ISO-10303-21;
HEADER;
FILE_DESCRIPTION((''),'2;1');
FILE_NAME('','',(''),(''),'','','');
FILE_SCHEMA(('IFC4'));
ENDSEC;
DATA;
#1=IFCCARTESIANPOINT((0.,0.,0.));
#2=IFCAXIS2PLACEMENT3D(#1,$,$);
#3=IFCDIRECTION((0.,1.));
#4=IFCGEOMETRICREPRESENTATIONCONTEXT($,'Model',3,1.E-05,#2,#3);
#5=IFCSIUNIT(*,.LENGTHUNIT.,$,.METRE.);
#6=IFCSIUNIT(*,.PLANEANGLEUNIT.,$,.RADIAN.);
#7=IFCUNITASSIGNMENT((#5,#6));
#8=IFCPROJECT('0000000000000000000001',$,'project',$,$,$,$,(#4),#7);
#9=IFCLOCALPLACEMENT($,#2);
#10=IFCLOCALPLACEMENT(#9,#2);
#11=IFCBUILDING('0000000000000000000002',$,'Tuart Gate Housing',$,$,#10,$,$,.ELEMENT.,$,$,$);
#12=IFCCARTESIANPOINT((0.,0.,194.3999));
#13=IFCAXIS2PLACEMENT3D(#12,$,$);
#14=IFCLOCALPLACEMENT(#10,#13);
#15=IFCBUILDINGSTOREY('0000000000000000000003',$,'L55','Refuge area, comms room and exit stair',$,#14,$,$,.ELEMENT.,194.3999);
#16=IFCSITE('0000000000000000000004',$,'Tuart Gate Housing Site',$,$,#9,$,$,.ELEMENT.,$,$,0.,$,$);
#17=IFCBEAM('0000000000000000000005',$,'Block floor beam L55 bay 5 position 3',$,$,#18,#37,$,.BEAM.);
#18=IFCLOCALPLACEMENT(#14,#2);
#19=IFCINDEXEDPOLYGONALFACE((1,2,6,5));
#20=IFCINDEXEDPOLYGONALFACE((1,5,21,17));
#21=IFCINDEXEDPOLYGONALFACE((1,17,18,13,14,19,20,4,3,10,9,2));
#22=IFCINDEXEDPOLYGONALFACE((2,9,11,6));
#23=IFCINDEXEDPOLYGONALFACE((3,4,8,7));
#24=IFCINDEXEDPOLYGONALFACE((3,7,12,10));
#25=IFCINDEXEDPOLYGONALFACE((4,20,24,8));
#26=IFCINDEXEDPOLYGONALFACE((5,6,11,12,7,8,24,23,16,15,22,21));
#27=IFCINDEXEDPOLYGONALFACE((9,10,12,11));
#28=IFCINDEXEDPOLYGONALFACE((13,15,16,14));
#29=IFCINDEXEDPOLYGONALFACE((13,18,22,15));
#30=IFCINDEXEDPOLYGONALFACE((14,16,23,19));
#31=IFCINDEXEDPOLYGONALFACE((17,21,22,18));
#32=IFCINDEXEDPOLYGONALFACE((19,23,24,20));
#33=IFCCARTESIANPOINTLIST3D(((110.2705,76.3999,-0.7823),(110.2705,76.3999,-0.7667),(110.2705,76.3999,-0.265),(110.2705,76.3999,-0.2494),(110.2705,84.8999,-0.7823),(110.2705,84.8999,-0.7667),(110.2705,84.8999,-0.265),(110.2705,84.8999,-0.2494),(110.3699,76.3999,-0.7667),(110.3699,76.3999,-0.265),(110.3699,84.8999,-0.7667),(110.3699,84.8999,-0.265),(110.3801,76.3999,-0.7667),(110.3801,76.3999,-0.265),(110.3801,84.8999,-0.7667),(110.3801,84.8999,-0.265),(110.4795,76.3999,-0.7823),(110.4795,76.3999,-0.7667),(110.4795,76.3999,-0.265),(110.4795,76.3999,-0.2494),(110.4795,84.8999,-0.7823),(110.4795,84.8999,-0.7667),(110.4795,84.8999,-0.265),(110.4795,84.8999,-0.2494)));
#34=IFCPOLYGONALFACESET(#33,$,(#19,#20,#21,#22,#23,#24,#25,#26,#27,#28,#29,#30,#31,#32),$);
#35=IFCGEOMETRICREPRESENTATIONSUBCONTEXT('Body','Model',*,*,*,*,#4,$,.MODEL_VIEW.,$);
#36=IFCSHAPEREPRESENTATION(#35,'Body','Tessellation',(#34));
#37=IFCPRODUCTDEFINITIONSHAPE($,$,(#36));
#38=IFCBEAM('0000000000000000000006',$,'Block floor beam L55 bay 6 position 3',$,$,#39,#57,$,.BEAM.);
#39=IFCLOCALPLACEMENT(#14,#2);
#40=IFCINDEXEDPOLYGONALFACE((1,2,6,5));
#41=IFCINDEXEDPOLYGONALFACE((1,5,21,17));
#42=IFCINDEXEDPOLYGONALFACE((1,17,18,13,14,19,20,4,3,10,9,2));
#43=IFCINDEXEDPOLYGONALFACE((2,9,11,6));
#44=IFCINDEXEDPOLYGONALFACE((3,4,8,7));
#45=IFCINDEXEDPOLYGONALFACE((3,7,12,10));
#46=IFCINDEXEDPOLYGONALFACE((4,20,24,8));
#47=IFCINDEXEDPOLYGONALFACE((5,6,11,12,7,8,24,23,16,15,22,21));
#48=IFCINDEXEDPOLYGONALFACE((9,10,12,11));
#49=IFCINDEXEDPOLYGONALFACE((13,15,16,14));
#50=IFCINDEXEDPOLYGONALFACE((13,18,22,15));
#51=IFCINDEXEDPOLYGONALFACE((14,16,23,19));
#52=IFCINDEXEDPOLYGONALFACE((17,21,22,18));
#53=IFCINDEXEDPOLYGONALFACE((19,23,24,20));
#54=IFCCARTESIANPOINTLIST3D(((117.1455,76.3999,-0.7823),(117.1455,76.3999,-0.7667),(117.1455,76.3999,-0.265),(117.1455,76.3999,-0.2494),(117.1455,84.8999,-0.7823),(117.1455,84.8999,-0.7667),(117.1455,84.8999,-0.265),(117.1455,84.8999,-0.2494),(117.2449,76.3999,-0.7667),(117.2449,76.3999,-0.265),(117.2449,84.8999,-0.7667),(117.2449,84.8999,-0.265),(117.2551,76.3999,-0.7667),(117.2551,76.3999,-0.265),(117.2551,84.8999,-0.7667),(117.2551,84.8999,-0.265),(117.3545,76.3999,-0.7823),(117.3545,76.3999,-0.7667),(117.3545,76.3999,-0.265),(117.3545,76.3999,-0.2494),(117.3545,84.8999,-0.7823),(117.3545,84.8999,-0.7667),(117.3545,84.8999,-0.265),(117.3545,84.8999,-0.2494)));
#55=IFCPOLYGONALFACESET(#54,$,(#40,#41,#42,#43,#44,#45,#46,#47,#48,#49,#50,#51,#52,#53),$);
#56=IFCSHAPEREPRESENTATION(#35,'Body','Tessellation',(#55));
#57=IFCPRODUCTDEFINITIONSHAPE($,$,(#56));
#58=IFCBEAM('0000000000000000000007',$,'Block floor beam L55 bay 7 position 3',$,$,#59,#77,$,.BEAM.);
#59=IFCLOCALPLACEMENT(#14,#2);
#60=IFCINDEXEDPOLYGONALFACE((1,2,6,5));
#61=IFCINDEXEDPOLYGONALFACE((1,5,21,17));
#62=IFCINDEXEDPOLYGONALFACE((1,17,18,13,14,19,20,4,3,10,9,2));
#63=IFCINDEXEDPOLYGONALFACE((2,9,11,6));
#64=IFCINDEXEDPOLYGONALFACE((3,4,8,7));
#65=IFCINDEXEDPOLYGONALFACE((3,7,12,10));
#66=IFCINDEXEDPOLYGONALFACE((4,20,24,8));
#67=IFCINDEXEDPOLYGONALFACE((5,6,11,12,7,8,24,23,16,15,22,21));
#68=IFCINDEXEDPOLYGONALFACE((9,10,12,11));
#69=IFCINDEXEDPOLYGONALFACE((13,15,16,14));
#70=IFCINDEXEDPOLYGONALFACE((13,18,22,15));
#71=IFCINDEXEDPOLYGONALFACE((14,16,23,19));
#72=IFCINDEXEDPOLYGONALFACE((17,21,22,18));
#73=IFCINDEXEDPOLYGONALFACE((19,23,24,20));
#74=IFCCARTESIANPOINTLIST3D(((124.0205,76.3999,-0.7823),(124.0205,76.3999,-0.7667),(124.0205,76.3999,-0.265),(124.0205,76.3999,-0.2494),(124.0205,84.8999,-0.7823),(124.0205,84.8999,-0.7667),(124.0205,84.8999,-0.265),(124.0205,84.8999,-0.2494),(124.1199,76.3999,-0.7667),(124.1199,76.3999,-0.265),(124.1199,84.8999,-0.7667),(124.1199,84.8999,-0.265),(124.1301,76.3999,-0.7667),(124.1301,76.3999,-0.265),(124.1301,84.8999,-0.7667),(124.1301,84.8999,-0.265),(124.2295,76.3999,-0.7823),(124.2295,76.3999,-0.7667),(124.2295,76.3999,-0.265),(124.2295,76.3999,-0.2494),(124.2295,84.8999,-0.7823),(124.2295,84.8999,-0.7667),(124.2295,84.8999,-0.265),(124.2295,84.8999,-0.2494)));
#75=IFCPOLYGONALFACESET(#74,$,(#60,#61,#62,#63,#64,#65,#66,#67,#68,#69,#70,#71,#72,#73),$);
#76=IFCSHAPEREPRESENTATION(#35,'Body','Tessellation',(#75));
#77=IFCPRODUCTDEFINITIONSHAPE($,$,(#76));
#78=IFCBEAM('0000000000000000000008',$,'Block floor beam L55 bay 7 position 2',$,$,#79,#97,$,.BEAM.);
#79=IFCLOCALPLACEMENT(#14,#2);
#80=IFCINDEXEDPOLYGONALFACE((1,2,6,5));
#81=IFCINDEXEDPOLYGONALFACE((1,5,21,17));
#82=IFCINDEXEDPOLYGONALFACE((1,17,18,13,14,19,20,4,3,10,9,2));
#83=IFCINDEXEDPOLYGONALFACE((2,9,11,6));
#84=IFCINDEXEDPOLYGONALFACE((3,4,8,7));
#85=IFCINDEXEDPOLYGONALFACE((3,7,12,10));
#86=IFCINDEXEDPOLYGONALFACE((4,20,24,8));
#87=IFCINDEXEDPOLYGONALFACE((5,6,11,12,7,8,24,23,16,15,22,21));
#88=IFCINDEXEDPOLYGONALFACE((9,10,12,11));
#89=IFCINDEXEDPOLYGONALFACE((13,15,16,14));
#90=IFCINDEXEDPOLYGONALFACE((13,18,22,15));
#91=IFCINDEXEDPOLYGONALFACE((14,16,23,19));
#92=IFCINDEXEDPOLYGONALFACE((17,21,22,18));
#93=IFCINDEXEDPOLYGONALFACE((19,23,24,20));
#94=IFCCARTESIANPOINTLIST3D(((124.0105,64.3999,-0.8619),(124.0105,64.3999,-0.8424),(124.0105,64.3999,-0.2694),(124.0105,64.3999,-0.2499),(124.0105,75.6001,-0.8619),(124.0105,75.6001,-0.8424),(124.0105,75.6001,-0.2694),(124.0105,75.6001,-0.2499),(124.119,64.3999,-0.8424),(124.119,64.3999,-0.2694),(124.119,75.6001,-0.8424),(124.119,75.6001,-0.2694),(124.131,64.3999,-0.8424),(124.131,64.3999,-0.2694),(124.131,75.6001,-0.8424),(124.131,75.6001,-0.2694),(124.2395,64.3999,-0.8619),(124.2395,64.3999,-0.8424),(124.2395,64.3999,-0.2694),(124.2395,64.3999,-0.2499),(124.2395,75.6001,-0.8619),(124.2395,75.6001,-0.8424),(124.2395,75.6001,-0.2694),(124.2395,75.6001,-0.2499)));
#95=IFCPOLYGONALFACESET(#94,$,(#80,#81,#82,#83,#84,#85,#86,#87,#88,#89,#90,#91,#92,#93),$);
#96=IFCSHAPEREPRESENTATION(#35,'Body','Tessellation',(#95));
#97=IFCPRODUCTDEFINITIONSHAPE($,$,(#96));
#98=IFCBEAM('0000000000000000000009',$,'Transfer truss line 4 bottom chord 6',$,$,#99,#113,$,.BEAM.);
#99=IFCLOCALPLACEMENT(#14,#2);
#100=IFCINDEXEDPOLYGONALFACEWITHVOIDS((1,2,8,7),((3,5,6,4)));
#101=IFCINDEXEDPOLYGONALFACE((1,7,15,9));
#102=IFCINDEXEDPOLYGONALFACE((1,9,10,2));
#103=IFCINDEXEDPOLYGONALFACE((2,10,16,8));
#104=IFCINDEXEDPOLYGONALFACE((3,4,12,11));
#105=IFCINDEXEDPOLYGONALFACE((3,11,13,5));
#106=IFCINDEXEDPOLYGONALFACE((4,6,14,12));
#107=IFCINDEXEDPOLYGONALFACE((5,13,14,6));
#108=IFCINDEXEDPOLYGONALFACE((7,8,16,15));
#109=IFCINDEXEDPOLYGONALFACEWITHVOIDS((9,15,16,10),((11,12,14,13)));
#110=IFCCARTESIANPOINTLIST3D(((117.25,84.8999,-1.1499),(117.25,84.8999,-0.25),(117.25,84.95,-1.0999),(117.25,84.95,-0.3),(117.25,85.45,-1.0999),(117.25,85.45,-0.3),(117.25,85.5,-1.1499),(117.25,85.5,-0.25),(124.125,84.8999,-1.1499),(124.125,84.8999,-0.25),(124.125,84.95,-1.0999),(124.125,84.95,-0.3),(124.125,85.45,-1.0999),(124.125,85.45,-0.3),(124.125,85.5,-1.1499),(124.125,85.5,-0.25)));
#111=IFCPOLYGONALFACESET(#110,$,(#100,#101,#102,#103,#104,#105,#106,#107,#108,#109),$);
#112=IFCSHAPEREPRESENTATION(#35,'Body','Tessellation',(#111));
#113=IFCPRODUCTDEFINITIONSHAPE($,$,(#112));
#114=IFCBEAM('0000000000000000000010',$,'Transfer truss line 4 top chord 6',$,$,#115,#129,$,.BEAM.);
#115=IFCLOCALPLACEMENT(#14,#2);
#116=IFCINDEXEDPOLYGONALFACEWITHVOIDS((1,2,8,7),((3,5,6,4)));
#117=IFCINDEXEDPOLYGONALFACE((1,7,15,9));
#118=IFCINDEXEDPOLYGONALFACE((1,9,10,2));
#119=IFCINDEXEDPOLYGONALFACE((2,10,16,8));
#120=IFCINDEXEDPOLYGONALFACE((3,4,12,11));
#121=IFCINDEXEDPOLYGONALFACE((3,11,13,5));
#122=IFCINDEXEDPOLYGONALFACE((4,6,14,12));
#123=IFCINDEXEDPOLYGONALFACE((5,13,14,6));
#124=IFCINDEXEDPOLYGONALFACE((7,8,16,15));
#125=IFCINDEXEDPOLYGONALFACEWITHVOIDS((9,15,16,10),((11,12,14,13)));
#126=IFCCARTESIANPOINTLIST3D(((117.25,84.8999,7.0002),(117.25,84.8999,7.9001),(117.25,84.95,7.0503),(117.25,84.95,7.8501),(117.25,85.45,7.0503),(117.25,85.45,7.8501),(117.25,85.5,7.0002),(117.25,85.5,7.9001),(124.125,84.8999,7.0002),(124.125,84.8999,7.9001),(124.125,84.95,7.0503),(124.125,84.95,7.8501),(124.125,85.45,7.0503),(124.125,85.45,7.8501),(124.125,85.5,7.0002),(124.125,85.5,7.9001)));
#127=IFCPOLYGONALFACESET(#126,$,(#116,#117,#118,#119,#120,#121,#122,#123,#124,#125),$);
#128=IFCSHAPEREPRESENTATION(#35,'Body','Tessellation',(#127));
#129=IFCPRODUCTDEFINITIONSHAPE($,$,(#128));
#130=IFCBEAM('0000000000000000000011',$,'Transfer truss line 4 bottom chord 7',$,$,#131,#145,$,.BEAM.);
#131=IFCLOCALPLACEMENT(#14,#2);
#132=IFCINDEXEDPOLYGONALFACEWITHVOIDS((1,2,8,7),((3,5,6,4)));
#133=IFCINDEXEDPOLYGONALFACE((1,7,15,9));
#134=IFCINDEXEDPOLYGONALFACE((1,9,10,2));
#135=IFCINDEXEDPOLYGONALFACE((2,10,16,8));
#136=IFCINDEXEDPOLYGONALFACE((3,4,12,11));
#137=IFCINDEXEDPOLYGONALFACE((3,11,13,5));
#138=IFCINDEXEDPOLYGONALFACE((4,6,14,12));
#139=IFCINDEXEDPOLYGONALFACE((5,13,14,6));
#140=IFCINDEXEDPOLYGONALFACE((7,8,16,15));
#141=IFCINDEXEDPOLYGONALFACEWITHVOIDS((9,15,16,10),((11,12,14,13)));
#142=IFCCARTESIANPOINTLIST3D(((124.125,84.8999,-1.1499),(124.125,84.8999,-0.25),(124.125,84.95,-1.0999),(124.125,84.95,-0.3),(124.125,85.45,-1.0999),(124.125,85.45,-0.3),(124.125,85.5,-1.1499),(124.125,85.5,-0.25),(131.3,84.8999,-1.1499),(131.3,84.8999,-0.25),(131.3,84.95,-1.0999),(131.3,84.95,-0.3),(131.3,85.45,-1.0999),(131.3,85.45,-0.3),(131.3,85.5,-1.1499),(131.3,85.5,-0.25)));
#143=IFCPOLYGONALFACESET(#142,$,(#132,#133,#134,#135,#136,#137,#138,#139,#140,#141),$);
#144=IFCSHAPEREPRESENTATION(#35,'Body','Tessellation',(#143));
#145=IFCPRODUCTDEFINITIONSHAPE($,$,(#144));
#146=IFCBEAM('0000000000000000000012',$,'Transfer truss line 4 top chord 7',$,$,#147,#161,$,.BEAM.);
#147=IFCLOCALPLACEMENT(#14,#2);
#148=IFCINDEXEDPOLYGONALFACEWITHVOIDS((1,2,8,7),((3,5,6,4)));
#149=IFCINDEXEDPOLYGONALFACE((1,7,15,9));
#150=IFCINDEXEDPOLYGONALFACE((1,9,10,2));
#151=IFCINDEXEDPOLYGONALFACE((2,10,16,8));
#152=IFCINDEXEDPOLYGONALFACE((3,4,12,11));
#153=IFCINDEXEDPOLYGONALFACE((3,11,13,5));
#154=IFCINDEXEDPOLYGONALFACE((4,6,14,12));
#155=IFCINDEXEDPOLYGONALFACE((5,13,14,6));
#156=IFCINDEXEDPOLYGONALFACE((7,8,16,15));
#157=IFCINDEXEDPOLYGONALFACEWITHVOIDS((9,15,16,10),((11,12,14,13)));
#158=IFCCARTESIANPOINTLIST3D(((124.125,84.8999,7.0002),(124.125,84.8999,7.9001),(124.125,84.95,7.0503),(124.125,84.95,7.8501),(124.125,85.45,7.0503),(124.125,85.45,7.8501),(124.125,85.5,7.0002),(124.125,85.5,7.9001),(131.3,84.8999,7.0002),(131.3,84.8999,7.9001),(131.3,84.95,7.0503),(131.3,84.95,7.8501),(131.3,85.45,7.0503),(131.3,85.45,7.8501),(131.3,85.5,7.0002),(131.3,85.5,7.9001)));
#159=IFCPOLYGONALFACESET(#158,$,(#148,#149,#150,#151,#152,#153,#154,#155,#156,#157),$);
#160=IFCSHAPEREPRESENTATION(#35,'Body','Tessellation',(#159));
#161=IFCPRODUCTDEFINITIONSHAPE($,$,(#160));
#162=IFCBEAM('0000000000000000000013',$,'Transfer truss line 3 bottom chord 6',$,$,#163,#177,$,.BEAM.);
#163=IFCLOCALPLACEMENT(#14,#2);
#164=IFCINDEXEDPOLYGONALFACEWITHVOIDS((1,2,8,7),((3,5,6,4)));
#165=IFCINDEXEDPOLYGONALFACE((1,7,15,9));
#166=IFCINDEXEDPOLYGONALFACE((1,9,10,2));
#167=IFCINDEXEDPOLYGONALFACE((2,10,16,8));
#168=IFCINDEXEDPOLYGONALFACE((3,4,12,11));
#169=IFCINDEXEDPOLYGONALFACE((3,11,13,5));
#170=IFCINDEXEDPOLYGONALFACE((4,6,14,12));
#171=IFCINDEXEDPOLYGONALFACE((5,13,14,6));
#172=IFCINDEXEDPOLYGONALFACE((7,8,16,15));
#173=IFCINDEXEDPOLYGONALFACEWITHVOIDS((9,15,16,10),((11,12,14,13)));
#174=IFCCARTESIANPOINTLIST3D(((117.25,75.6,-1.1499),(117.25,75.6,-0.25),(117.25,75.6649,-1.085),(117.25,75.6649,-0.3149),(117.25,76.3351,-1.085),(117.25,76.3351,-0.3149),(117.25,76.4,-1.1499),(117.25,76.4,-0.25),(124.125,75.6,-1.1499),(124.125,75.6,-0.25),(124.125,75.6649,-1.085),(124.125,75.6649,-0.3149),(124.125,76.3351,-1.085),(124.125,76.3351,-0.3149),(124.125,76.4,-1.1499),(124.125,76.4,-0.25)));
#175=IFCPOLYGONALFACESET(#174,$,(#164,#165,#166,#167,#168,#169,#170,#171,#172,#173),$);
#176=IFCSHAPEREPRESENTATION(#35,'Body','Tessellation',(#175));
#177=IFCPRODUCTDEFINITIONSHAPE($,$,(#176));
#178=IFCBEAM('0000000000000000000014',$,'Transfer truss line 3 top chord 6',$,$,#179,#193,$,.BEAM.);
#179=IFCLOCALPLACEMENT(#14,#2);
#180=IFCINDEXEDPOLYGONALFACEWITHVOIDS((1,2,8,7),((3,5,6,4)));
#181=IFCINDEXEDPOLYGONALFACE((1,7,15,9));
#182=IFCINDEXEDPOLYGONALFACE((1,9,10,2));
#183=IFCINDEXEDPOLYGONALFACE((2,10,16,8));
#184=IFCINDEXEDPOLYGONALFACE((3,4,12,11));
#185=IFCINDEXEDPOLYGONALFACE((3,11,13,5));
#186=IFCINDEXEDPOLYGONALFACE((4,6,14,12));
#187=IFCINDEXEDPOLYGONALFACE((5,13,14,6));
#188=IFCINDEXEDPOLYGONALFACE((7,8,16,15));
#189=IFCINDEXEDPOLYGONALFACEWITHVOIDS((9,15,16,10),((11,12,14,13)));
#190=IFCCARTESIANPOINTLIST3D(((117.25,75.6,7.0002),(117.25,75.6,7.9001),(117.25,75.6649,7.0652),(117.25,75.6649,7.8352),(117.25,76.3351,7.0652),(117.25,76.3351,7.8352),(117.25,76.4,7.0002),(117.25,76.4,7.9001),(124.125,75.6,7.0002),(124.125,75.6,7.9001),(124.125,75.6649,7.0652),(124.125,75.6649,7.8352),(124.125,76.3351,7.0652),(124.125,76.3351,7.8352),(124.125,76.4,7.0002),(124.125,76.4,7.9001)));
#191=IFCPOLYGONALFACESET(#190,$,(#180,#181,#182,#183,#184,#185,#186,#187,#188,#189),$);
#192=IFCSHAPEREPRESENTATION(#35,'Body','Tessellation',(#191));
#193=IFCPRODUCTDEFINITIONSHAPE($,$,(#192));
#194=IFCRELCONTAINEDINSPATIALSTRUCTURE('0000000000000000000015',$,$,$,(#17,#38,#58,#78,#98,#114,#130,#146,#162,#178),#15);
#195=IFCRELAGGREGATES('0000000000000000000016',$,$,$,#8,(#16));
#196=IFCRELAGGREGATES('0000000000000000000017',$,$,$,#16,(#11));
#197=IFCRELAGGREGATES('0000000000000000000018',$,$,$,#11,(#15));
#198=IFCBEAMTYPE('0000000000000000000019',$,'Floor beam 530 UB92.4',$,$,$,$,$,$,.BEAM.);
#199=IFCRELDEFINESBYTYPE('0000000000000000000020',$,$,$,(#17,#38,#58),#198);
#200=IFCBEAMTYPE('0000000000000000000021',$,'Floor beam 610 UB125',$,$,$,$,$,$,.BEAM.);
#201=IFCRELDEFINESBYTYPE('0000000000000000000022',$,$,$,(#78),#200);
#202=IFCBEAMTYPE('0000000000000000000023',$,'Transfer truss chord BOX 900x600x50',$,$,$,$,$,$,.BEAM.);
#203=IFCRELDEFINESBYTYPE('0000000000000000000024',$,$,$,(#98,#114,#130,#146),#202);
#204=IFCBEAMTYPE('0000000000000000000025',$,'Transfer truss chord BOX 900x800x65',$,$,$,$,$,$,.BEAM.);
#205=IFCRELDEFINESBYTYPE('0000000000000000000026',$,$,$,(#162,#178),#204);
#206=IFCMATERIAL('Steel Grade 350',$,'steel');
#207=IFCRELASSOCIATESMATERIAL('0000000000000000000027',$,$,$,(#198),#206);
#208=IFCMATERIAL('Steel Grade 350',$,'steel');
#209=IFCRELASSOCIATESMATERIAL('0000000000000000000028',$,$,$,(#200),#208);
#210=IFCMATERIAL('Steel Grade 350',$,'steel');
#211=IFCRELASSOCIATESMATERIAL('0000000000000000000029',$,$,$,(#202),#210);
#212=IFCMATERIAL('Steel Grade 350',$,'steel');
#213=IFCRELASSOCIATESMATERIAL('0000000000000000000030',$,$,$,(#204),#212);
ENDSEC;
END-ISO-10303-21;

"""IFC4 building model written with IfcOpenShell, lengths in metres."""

from ifc_helpers import new_model, si_unit, direction, frame, origin, origin_2d, place, context, subcontext, project, spatial, hollow_rectangle, i_section, extrude, material, material_profile, profile_set, type_object, element, save


model = new_model("IFC4")

# Units and contexts
model_context = context("Model", 3, precision=1e-05, world=origin(), true_north=direction((0.0, 1.0)))
body_context = subcontext(model_context, "Body", "Model", "MODEL_VIEW")
ifc_project = project(units=[si_unit("LENGTHUNIT", "METRE"), si_unit("PLANEANGLEUNIT", "RADIAN")], contexts=[model_context])

# Site, building, storey
site_placement = place(None, origin())
site = spatial("IfcSite", under=ifc_project, at=site_placement, Name="Tuart Gate Housing Site", CompositionType="ELEMENT", RefElevation=0.0)
building_placement = place(site_placement, origin())
building = spatial("IfcBuilding", under=site, at=building_placement, Name="Tuart Gate Housing", CompositionType="ELEMENT")
storey_placement = place(building_placement, frame((0.0, 0.0, 194.3999)))
storey = spatial("IfcBuildingStorey", under=building, at=storey_placement, Name="L55", Description="Refuge area, comms room and exit stair", CompositionType="ELEMENT", Elevation=194.3999)

# Beams
ifc_material_1 = material(Name="Steel Grade 350", Category="steel")
ifc_material_profile_1 = material_profile(ifc_material_1, i_section(OverallWidth=0.209, OverallDepth=0.533, WebThickness=0.0103, FlangeThickness=0.0156, at=origin_2d()), Name="530UB92.4")
ifc_profile_set_1 = profile_set([ifc_material_profile_1], Name="Steel Grade 350")
beam_type_1 = type_object("IfcBeamType", Name="Floor beam 530 UB92.4", PredefinedType="BEAM", material=ifc_profile_set_1)
for number, where, z_axis, x_axis, name in (
    (1, (110.375, 76.3999, -0.5159), (0.0, 1.0, 0.0), (-1.0, 0.0, 0.0), "Block floor beam L55 bay 5 position 3"),
    (2, (117.25, 76.3999, -0.5159), (0.0, 1.0, 0.0), (-1.0, 0.0, 0.0), "Block floor beam L55 bay 6 position 3"),
    (3, (124.125, 76.3999, -0.5159), (0.0, 1.0, 0.0), (-1.0, 0.0, 0.0), "Block floor beam L55 bay 7 position 3"),
):
    element("IfcBeam", number, at=place(storey_placement, frame(where, z_axis=z_axis, x_axis=x_axis)), inside=storey, type_object=beam_type_1, Name=name, PredefinedType="BEAM", context=body_context, shape_type="SweptSolid", body=[
        extrude(i_section(OverallWidth=0.209, OverallDepth=0.533, WebThickness=0.0103, FlangeThickness=0.0156, at=origin_2d()), origin(), (0.0, 0.0, 1.0), 8.5),
    ])
ifc_material_2 = material(Name="Steel Grade 350", Category="steel")
ifc_material_profile_2 = material_profile(ifc_material_2, i_section(OverallWidth=0.229, OverallDepth=0.6121, WebThickness=0.012, FlangeThickness=0.0195, at=origin_2d()), Name="610UB125")
ifc_profile_set_2 = profile_set([ifc_material_profile_2], Name="Steel Grade 350")
beam_type_2 = type_object("IfcBeamType", Name="Floor beam 610 UB125", PredefinedType="BEAM", material=ifc_profile_set_2)
beam_placement = place(storey_placement, frame((124.125, 64.3999, -0.5559), z_axis=(0.0, 1.0, 0.0), x_axis=(-1.0, 0.0, 0.0)))
element("IfcBeam", 4, at=beam_placement, inside=storey, type_object=beam_type_2, Name="Block floor beam L55 bay 7 position 2", PredefinedType="BEAM", context=body_context, shape_type="SweptSolid", body=[
    extrude(i_section(OverallWidth=0.229, OverallDepth=0.6121, WebThickness=0.012, FlangeThickness=0.0195, at=origin_2d()), origin(), (0.0, 0.0, 1.0), 11.2002),
])
ifc_material_3 = material(Name="Steel Grade 350", Category="steel")
ifc_material_profile_3 = material_profile(ifc_material_3, hollow_rectangle(XDim=0.6001, YDim=0.8999, WallThickness=0.05, at=origin_2d()), Name="BOX 900x600x50")
ifc_profile_set_3 = profile_set([ifc_material_profile_3], Name="Steel Grade 350")
beam_type_3 = type_object("IfcBeamType", Name="Transfer truss chord BOX 900x600x50", PredefinedType="BEAM", material=ifc_profile_set_3)
for number, where, z_axis, x_axis, name in (
    (5, (117.25, 85.2, -0.7), (1.0, 0.0, 0.0), (0.0, 1.0, 0.0), "Transfer truss line 4 bottom chord 6"),
    (6, (117.25, 85.2, 7.4502), (1.0, 0.0, 0.0), (0.0, 1.0, 0.0), "Transfer truss line 4 top chord 6"),
):
    element("IfcBeam", number, at=place(storey_placement, frame(where, z_axis=z_axis, x_axis=x_axis)), inside=storey, type_object=beam_type_3, Name=name, PredefinedType="BEAM", context=body_context, shape_type="SweptSolid", body=[
        extrude(hollow_rectangle(XDim=0.6001, YDim=0.8999, WallThickness=0.05, at=origin_2d()), origin(), (0.0, 0.0, 1.0), 6.875),
    ])
for number, where, z_axis, x_axis, name in (
    (7, (124.125, 85.2, -0.7), (1.0, 0.0, 0.0), (0.0, 1.0, 0.0), "Transfer truss line 4 bottom chord 7"),
    (8, (124.125, 85.2, 7.4502), (1.0, 0.0, 0.0), (0.0, 1.0, 0.0), "Transfer truss line 4 top chord 7"),
):
    element("IfcBeam", number, at=place(storey_placement, frame(where, z_axis=z_axis, x_axis=x_axis)), inside=storey, type_object=beam_type_3, Name=name, PredefinedType="BEAM", context=body_context, shape_type="SweptSolid", body=[
        extrude(hollow_rectangle(XDim=0.6001, YDim=0.8999, WallThickness=0.05, at=origin_2d()), origin(), (0.0, 0.0, 1.0), 7.175),
    ])
ifc_material_4 = material(Name="Steel Grade 350", Category="steel")
ifc_material_profile_4 = material_profile(ifc_material_4, hollow_rectangle(XDim=0.8, YDim=0.8999, WallThickness=0.0649, at=origin_2d()), Name="BOX 900x800x65")
ifc_profile_set_4 = profile_set([ifc_material_profile_4], Name="Steel Grade 350")
beam_type_4 = type_object("IfcBeamType", Name="Transfer truss chord BOX 900x800x65", PredefinedType="BEAM", material=ifc_profile_set_4)
for number, where, z_axis, x_axis, name in (
    (9, (117.25, 76.0, -0.7), (1.0, 0.0, 0.0), (0.0, 1.0, 0.0), "Transfer truss line 3 bottom chord 6"),
    (10, (117.25, 76.0, 7.4502), (1.0, 0.0, 0.0), (0.0, 1.0, 0.0), "Transfer truss line 3 top chord 6"),
):
    element("IfcBeam", number, at=place(storey_placement, frame(where, z_axis=z_axis, x_axis=x_axis)), inside=storey, type_object=beam_type_4, Name=name, PredefinedType="BEAM", context=body_context, shape_type="SweptSolid", body=[
        extrude(hollow_rectangle(XDim=0.8, YDim=0.8999, WallThickness=0.0649, at=origin_2d()), origin(), (0.0, 0.0, 1.0), 6.875),
    ])

save(model, "model.ifc")
